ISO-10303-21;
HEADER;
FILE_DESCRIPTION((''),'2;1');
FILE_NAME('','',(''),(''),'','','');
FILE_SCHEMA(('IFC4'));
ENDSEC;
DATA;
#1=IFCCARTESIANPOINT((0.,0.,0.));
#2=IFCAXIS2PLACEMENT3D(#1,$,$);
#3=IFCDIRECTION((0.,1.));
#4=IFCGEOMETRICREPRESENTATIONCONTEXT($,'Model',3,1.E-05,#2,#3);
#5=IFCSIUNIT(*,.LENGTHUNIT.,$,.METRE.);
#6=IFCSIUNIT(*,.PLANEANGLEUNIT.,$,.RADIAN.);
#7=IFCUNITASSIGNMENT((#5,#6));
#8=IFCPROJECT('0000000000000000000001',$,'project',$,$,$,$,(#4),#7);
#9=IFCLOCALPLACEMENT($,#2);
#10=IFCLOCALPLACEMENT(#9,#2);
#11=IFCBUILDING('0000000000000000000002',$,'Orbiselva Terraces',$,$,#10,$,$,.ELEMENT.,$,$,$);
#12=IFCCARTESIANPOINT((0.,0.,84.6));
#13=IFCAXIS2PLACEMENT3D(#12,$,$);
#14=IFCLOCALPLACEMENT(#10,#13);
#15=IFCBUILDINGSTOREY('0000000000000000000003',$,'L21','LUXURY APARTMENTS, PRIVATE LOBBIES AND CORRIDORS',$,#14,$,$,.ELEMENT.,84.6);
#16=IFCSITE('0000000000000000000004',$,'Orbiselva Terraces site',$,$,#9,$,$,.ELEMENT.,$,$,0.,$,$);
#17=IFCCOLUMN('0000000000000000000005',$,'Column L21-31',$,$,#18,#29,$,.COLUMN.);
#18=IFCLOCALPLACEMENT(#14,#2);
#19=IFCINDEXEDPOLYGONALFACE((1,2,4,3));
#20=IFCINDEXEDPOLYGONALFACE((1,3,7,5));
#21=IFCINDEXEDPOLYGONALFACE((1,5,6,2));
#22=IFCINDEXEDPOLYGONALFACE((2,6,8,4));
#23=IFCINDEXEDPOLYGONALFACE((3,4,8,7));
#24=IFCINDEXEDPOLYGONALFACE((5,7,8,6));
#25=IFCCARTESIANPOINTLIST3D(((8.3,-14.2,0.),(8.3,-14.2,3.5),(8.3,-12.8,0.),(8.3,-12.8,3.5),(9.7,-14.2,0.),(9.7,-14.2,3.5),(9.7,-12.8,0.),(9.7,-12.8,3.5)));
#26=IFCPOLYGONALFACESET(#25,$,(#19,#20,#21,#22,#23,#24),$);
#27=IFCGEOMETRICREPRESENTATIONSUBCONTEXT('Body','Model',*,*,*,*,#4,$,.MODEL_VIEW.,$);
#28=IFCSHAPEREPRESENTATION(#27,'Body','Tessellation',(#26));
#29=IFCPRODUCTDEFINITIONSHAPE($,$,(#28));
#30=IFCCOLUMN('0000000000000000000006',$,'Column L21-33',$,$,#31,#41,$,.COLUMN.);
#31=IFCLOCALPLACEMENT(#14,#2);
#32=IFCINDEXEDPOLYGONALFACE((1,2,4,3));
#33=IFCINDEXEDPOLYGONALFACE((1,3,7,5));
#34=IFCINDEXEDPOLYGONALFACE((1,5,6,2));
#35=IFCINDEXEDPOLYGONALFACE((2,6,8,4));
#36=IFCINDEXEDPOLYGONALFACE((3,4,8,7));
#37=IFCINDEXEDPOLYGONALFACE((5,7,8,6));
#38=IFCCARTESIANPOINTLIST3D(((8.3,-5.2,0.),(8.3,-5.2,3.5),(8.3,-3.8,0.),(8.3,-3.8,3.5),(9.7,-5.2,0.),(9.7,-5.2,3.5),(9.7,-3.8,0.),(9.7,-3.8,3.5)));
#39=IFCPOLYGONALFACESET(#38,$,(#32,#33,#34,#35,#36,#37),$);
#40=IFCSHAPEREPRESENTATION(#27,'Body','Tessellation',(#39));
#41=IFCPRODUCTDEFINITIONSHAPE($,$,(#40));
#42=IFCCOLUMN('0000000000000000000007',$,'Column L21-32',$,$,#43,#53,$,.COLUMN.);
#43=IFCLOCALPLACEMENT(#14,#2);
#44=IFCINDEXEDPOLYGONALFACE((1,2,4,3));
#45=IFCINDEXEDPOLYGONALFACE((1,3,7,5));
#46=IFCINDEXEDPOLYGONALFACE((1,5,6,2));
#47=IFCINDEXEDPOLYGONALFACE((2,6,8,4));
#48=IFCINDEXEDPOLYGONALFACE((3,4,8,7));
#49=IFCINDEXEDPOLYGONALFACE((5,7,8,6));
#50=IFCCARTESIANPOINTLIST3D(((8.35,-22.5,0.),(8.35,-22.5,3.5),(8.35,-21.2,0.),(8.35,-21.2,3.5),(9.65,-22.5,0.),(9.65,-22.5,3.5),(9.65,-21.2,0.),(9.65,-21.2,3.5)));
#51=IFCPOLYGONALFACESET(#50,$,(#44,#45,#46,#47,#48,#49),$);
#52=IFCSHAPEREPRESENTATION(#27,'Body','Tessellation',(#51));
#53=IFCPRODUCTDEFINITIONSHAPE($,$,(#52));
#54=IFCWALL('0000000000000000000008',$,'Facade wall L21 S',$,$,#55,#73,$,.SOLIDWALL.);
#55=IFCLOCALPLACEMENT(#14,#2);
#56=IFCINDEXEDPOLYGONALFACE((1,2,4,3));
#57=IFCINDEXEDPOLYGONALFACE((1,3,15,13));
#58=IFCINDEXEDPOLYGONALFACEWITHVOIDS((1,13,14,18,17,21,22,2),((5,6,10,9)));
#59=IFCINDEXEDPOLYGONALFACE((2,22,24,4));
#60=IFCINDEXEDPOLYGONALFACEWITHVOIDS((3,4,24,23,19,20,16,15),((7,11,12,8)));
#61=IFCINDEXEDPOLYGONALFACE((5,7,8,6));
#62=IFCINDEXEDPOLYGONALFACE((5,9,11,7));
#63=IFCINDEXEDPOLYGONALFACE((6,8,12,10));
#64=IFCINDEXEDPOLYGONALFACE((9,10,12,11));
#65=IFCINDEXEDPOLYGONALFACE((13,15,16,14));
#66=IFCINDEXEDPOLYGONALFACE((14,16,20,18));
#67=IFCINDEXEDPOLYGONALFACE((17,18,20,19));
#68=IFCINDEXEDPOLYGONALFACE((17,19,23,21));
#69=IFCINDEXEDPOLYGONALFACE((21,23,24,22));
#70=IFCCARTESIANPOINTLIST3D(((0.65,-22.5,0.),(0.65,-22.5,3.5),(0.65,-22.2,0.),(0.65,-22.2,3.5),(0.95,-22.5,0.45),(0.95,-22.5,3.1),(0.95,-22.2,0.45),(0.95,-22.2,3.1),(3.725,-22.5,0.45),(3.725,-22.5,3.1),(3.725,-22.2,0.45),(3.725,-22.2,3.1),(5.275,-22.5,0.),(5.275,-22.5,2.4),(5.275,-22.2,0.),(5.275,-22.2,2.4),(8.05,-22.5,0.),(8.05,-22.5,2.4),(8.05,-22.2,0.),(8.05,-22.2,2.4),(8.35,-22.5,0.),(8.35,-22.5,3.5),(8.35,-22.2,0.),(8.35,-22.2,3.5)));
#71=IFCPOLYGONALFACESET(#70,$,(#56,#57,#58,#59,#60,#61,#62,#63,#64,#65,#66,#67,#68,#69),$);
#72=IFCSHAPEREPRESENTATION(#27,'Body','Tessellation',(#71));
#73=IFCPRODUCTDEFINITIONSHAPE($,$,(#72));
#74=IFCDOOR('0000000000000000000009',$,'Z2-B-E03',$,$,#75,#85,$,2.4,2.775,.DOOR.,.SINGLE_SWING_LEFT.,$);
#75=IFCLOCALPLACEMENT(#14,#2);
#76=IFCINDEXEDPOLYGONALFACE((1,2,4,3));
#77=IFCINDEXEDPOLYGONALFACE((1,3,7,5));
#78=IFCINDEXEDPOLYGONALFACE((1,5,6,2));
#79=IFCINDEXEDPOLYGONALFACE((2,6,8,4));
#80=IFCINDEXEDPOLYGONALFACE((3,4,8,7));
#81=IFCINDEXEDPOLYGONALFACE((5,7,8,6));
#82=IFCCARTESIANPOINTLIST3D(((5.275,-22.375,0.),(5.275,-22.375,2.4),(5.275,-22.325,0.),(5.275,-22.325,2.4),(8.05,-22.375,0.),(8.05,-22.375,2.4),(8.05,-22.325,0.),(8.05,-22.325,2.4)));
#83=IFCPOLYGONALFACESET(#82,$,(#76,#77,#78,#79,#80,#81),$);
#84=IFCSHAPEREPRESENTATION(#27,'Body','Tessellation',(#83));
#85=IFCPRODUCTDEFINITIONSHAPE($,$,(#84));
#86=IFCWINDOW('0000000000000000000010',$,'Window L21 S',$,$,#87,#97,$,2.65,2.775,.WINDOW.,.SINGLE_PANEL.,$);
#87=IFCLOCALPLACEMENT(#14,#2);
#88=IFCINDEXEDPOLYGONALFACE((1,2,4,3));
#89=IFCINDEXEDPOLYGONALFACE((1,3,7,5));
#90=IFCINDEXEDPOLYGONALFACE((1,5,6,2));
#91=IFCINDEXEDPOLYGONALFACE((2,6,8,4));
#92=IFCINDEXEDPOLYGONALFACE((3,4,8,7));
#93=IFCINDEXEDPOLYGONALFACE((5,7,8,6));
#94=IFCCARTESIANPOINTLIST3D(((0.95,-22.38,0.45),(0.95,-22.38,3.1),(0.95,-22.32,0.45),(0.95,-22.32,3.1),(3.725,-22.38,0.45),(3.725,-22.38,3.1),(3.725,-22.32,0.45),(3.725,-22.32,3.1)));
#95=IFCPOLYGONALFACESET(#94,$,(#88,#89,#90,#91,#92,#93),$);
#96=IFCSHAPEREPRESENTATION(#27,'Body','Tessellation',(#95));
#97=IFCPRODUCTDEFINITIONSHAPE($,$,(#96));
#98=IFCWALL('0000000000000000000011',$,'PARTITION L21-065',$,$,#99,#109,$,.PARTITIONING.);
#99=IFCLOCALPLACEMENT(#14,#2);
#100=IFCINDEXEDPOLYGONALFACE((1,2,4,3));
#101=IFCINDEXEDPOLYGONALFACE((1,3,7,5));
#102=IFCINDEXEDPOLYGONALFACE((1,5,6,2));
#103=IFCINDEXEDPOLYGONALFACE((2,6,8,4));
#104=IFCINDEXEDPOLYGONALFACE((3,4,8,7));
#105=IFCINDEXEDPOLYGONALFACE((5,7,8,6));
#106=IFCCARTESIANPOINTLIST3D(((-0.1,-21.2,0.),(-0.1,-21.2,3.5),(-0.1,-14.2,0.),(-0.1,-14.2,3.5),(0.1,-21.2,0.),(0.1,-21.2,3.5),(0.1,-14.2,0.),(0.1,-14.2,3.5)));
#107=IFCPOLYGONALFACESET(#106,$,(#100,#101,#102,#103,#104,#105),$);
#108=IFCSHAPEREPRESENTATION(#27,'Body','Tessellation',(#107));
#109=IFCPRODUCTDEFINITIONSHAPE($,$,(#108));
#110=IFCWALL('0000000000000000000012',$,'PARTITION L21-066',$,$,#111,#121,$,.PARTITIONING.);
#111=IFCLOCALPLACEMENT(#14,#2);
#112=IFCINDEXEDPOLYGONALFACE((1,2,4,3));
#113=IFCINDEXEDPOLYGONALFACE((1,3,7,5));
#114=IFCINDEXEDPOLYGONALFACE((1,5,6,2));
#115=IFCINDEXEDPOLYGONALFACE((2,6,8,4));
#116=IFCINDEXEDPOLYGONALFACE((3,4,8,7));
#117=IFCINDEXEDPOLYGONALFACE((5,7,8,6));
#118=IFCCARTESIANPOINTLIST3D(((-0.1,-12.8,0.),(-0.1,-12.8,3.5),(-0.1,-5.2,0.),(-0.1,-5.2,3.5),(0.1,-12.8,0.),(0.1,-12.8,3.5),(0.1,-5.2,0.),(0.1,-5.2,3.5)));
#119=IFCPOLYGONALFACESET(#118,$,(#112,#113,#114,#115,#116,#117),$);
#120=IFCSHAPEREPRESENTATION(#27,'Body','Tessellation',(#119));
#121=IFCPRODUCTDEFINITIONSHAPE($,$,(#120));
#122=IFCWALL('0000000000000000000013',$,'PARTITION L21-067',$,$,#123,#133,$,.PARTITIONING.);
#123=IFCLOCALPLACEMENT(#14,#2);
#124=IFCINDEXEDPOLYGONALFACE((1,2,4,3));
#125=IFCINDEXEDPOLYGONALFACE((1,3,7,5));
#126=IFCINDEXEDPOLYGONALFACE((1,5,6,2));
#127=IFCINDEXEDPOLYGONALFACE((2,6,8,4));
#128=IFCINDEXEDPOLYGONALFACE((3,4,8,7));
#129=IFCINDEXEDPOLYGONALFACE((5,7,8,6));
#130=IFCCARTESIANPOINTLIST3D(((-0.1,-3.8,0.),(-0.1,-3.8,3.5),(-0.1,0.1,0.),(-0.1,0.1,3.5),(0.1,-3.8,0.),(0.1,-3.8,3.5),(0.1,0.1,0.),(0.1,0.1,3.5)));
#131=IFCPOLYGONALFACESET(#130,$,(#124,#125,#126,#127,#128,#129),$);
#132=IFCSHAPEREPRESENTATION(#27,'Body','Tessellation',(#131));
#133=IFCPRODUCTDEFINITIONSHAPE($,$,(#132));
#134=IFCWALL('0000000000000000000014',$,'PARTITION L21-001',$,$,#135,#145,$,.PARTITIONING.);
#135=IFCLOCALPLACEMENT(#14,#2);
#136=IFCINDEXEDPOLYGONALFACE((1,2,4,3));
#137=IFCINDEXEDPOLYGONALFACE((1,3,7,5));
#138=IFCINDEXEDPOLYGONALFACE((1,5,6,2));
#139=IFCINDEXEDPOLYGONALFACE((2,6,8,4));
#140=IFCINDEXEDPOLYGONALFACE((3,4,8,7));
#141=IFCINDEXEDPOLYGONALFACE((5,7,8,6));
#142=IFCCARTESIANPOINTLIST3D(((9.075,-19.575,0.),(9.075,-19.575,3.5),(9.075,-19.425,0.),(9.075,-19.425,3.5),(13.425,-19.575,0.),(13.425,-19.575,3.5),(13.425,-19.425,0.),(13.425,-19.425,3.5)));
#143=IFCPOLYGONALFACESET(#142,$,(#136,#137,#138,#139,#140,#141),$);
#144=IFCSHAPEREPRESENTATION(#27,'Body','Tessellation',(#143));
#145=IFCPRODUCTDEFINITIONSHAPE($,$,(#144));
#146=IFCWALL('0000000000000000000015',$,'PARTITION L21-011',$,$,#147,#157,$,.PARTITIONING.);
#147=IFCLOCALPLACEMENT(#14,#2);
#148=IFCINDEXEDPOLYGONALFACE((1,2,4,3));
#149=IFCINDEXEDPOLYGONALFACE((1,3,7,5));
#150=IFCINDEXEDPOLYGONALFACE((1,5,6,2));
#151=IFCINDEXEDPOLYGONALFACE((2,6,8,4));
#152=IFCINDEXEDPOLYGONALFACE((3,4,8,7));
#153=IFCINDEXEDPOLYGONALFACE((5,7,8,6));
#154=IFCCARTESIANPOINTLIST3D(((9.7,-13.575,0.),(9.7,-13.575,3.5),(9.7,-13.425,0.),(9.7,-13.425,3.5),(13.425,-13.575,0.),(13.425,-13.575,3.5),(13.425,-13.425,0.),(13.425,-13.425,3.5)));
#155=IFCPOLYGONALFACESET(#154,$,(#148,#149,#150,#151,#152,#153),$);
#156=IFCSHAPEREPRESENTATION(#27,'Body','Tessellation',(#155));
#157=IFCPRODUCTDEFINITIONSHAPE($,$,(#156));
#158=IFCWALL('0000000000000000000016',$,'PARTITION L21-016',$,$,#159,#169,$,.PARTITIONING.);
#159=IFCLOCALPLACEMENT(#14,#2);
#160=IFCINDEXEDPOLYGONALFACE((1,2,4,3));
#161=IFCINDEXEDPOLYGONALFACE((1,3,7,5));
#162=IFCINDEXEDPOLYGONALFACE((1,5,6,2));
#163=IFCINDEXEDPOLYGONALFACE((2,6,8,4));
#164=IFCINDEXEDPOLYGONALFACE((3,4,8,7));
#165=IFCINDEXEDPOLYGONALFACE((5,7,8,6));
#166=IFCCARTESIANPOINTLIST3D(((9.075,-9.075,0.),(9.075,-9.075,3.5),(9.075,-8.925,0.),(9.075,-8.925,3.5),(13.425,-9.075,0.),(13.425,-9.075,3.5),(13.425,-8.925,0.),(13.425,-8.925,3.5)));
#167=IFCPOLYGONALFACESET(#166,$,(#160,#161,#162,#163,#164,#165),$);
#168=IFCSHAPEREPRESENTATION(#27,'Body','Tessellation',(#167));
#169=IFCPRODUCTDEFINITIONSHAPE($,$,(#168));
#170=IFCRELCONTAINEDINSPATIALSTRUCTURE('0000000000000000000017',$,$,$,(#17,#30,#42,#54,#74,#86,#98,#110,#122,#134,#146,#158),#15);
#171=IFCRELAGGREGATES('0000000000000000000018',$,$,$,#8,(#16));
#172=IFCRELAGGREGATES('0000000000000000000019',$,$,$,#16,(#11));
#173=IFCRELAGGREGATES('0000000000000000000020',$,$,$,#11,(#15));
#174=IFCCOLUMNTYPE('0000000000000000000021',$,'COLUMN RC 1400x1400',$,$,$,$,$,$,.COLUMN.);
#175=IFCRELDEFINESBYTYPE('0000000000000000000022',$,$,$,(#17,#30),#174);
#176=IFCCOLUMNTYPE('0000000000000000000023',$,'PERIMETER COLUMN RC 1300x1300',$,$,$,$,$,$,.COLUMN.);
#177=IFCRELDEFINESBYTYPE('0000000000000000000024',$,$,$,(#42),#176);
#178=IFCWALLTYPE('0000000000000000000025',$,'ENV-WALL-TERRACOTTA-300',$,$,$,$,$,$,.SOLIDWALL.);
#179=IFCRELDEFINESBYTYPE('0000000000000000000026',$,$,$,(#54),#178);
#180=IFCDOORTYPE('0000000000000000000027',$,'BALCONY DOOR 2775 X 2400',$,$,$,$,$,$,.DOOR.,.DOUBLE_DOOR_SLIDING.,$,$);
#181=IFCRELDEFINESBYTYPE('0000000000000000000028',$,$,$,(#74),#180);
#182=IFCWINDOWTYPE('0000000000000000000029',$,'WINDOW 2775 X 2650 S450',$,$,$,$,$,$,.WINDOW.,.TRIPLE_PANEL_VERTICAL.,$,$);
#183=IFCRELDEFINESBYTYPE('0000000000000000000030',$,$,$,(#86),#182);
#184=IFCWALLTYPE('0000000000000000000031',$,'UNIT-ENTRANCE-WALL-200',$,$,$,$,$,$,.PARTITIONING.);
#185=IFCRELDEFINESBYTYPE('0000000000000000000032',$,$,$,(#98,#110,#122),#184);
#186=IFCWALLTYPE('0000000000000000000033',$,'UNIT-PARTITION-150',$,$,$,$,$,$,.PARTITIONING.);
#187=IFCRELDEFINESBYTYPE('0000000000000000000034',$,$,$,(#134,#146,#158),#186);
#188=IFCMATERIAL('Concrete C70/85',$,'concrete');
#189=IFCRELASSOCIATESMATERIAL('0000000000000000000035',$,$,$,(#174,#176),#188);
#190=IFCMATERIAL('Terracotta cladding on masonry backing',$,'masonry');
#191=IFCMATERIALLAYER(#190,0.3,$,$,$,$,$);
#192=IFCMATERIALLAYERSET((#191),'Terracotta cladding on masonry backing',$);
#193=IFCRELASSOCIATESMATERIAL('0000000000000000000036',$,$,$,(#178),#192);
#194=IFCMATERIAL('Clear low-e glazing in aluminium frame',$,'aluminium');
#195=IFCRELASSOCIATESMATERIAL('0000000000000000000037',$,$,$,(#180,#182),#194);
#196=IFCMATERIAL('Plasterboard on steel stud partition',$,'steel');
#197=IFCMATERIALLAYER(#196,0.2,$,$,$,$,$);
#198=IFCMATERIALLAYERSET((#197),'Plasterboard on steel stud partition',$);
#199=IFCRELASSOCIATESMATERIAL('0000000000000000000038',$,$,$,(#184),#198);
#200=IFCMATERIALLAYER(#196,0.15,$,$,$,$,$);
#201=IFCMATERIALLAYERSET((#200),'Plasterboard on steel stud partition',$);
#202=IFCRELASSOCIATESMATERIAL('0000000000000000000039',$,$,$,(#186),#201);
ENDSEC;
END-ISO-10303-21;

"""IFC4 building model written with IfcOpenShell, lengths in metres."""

from ifc_helpers import new_model, si_unit, direction, frame, frame_2d, origin, origin_2d, place, context, subcontext, project, spatial, rectangle, extrude, material, layer, layer_set, material_profile, profile_set, type_object, element, fill, save


model = new_model("IFC4")

# Units and contexts
model_context = context("Model", 3, precision=1e-05, world=origin(), true_north=direction((0.0, 1.0)))
body_context = subcontext(model_context, "Body", "Model", "MODEL_VIEW")
ifc_project = project(units=[si_unit("LENGTHUNIT", "METRE"), si_unit("PLANEANGLEUNIT", "RADIAN")], contexts=[model_context])

# Site, building, storey
site_placement = place(None, origin())
site = spatial("IfcSite", under=ifc_project, at=site_placement, Name="Orbiselva Terraces site", CompositionType="ELEMENT", RefElevation=0.0)
building_placement = place(site_placement, origin())
building = spatial("IfcBuilding", under=site, at=building_placement, Name="Orbiselva Terraces", CompositionType="ELEMENT")
storey_placement = place(building_placement, frame((0.0, 0.0, 84.6)))
storey = spatial("IfcBuildingStorey", under=building, at=storey_placement, Name="L21", Description="LUXURY APARTMENTS, PRIVATE LOBBIES AND CORRIDORS", CompositionType="ELEMENT", Elevation=84.6)

# Columns
ifc_material_1 = material(Name="Concrete C70/85", Category="concrete")
ifc_material_profile_1 = material_profile(ifc_material_1, rectangle(XDim=1.4, YDim=1.4, at=origin_2d()), Name="RC 1400x1400")
ifc_profile_set_1 = profile_set([ifc_material_profile_1], Name="Concrete C70/85")
column_type_1 = type_object("IfcColumnType", Name="COLUMN RC 1400x1400", PredefinedType="COLUMN", material=ifc_profile_set_1)
for number, where, z_axis, x_axis, name in (
    (1, (9.0, -13.5, 0.0), (0.0, 0.0, 1.0), (1.0, 0.0, 0.0), "Column L21-31"),
    (2, (9.0, -4.5, 0.0), (0.0, 0.0, 1.0), (1.0, 0.0, 0.0), "Column L21-33"),
):
    element("IfcColumn", number, at=place(storey_placement, frame(where, z_axis=z_axis, x_axis=x_axis)), inside=storey, type_object=column_type_1, Name=name, PredefinedType="COLUMN", context=body_context, shape_type="SweptSolid", body=[
        extrude(rectangle(XDim=1.4, YDim=1.4, at=origin_2d()), origin(), (0.0, 0.0, 1.0), 3.5),
    ])
ifc_material_profile_2 = material_profile(ifc_material_1, rectangle(XDim=1.3, YDim=1.3, at=origin_2d()), Name="RC 1300x1300")
ifc_profile_set_2 = profile_set([ifc_material_profile_2], Name="Concrete C70/85")
column_type_2 = type_object("IfcColumnType", Name="PERIMETER COLUMN RC 1300x1300", PredefinedType="COLUMN", material=ifc_profile_set_2)
column_placement = place(storey_placement, frame((9.0, -21.85, 0.0), z_axis=(0.0, 0.0, 1.0), x_axis=(1.0, 0.0, 0.0)))
element("IfcColumn", 3, at=column_placement, inside=storey, type_object=column_type_2, Name="Column L21-32", PredefinedType="COLUMN", context=body_context, shape_type="SweptSolid", body=[
    extrude(rectangle(XDim=1.3, YDim=1.3, at=origin_2d()), origin(), (0.0, 0.0, 1.0), 3.5),
])

# Wall, openings, door, window
ifc_material_2 = material(Name="Terracotta cladding on masonry backing", Category="masonry")
ifc_layer_1 = layer(ifc_material_2, 0.3)
ifc_layer_set_1 = layer_set([ifc_layer_1], Name="Terracotta cladding on masonry backing")
wall_type_1 = type_object("IfcWallType", Name="ENV-WALL-TERRACOTTA-300", PredefinedType="SOLIDWALL", material=ifc_layer_set_1)
wall_1_placement = place(storey_placement, frame((8.35, -22.35, 0.0), z_axis=(0.0, 0.0, 1.0), x_axis=(-1.0, 0.0, 0.0)))
wall_1 = element("IfcWall", 4, at=wall_1_placement, inside=storey, type_object=wall_type_1, Name="Facade wall L21 S", PredefinedType="SOLIDWALL", context=body_context, shape_type="SweptSolid", body=[
    extrude(rectangle(XDim=7.7, YDim=0.3, at=frame_2d((3.85, 0.0))), origin(), (0.0, 0.0, 1.0), 3.5),
])
opening_1_placement = place(wall_1_placement, frame((4.625, 0.0, 0.45)))
opening_1 = element("IfcOpeningElement", 5, at=opening_1_placement, cuts=wall_1, PredefinedType="OPENING", context=body_context, shape_type="SweptSolid", body=[
    extrude(rectangle(XDim=2.775, YDim=2.65, at=frame_2d((1.3875, 1.325))), frame((0.0, 0.16, 0.0), z_axis=(0.0, -1.0, 0.0), x_axis=(1.0, 0.0, 0.0)), (0.0, 0.0, 1.0), 0.32),
])
opening_2_placement = place(wall_1_placement, frame((0.3, 0.0, 0.0)))
opening_2 = element("IfcOpeningElement", 6, at=opening_2_placement, cuts=wall_1, PredefinedType="OPENING", context=body_context, shape_type="SweptSolid", body=[
    extrude(rectangle(XDim=2.775, YDim=2.4, at=frame_2d((1.3875, 1.2))), frame((0.0, 0.16, 0.0), z_axis=(0.0, -1.0, 0.0), x_axis=(1.0, 0.0, 0.0)), (0.0, 0.0, 1.0), 0.32),
])
ifc_material_3 = material(Name="Clear low-e glazing in aluminium frame", Category="aluminium")
door_type_1 = type_object("IfcDoorType", Name="BALCONY DOOR 2775 X 2400", OperationType="DOUBLE_DOOR_SLIDING", PredefinedType="DOOR", material=ifc_material_3)
door_1_placement = place(opening_2_placement, origin())
door_1 = element("IfcDoor", 7, at=door_1_placement, inside=storey, type_object=door_type_1, Name="Z2-B-E03", OperationType="SINGLE_SWING_LEFT", OverallHeight=2.4, OverallWidth=2.775, PredefinedType="DOOR", context=body_context, shape_type="SweptSolid", body=[
    extrude(rectangle(XDim=2.775, YDim=2.4, at=frame_2d((1.3875, 1.2))), frame((0.0, 0.025, 0.0), z_axis=(0.0, -1.0, 0.0), x_axis=(1.0, 0.0, 0.0)), (0.0, 0.0, 1.0), 0.05),
])
fill(opening_2, door_1)
window_type = type_object("IfcWindowType", Name="WINDOW 2775 X 2650 S450", PartitioningType="TRIPLE_PANEL_VERTICAL", PredefinedType="WINDOW", material=ifc_material_3)
window_placement = place(opening_1_placement, origin())
window = element("IfcWindow", 8, at=window_placement, inside=storey, type_object=window_type, Name="Window L21 S", OverallHeight=2.65, OverallWidth=2.775, PartitioningType="SINGLE_PANEL", PredefinedType="WINDOW", context=body_context, shape_type="SweptSolid", body=[
    extrude(rectangle(XDim=2.775, YDim=2.65, at=frame_2d((1.3875, 1.325))), frame((0.0, 0.03, 0.0), z_axis=(0.0, -1.0, 0.0), x_axis=(1.0, 0.0, 0.0)), (0.0, 0.0, 1.0), 0.06),
])
fill(opening_1, window)

# Walls
ifc_material_4 = material(Name="Plasterboard on steel stud partition", Category="steel")
ifc_layer_2 = layer(ifc_material_4, 0.2)
ifc_layer_set_2 = layer_set([ifc_layer_2], Name="Plasterboard on steel stud partition")
wall_type_2 = type_object("IfcWallType", Name="UNIT-ENTRANCE-WALL-200", PredefinedType="PARTITIONING", material=ifc_layer_set_2)
wall_2_placement = place(storey_placement, frame((0.0, -21.2, 0.0), z_axis=(0.0, 0.0, 1.0), x_axis=(0.0, 1.0, 0.0)))
element("IfcWall", 9, at=wall_2_placement, inside=storey, type_object=wall_type_2, Name="PARTITION L21-065", PredefinedType="PARTITIONING", context=body_context, shape_type="SweptSolid", body=[
    extrude(rectangle(XDim=7.0, YDim=0.2, at=frame_2d((3.5, 0.0))), origin(), (0.0, 0.0, 1.0), 3.5),
])
wall_3_placement = place(storey_placement, frame((0.0, -12.8, 0.0), z_axis=(0.0, 0.0, 1.0), x_axis=(0.0, 1.0, 0.0)))
element("IfcWall", 10, at=wall_3_placement, inside=storey, type_object=wall_type_2, Name="PARTITION L21-066", PredefinedType="PARTITIONING", context=body_context, shape_type="SweptSolid", body=[
    extrude(rectangle(XDim=7.6, YDim=0.2, at=frame_2d((3.8, 0.0))), origin(), (0.0, 0.0, 1.0), 3.5),
])
wall_4_placement = place(storey_placement, frame((0.0, -3.8, 0.0), z_axis=(0.0, 0.0, 1.0), x_axis=(0.0, 1.0, 0.0)))
element("IfcWall", 11, at=wall_4_placement, inside=storey, type_object=wall_type_2, Name="PARTITION L21-067", PredefinedType="PARTITIONING", context=body_context, shape_type="SweptSolid", body=[
    extrude(rectangle(XDim=3.9, YDim=0.2, at=frame_2d((1.95, 0.0))), origin(), (0.0, 0.0, 1.0), 3.5),
])
ifc_layer_3 = layer(ifc_material_4, 0.15)
ifc_layer_set_3 = layer_set([ifc_layer_3], Name="Plasterboard on steel stud partition")
wall_type_3 = type_object("IfcWallType", Name="UNIT-PARTITION-150", PredefinedType="PARTITIONING", material=ifc_layer_set_3)
wall_5_placement = place(storey_placement, frame((9.075, -19.5, 0.0), z_axis=(0.0, 0.0, 1.0), x_axis=(1.0, 0.0, 0.0)))
element("IfcWall", 12, at=wall_5_placement, inside=storey, type_object=wall_type_3, Name="PARTITION L21-001", PredefinedType="PARTITIONING", context=body_context, shape_type="SweptSolid", body=[
    extrude(rectangle(XDim=4.35, YDim=0.15, at=frame_2d((2.175, 0.0))), origin(), (0.0, 0.0, 1.0), 3.5),
])
wall_6_placement = place(storey_placement, frame((9.7, -13.5, 0.0), z_axis=(0.0, 0.0, 1.0), x_axis=(1.0, 0.0, 0.0)))
element("IfcWall", 13, at=wall_6_placement, inside=storey, type_object=wall_type_3, Name="PARTITION L21-011", PredefinedType="PARTITIONING", context=body_context, shape_type="SweptSolid", body=[
    extrude(rectangle(XDim=3.725, YDim=0.15, at=frame_2d((1.8625, 0.0))), origin(), (0.0, 0.0, 1.0), 3.5),
])
wall_7_placement = place(storey_placement, frame((9.075, -9.0, 0.0), z_axis=(0.0, 0.0, 1.0), x_axis=(1.0, 0.0, 0.0)))
element("IfcWall", 14, at=wall_7_placement, inside=storey, type_object=wall_type_3, Name="PARTITION L21-016", PredefinedType="PARTITIONING", context=body_context, shape_type="SweptSolid", body=[
    extrude(rectangle(XDim=4.35, YDim=0.15, at=frame_2d((2.175, 0.0))), origin(), (0.0, 0.0, 1.0), 3.5),
])

save(model, "model.ifc")
